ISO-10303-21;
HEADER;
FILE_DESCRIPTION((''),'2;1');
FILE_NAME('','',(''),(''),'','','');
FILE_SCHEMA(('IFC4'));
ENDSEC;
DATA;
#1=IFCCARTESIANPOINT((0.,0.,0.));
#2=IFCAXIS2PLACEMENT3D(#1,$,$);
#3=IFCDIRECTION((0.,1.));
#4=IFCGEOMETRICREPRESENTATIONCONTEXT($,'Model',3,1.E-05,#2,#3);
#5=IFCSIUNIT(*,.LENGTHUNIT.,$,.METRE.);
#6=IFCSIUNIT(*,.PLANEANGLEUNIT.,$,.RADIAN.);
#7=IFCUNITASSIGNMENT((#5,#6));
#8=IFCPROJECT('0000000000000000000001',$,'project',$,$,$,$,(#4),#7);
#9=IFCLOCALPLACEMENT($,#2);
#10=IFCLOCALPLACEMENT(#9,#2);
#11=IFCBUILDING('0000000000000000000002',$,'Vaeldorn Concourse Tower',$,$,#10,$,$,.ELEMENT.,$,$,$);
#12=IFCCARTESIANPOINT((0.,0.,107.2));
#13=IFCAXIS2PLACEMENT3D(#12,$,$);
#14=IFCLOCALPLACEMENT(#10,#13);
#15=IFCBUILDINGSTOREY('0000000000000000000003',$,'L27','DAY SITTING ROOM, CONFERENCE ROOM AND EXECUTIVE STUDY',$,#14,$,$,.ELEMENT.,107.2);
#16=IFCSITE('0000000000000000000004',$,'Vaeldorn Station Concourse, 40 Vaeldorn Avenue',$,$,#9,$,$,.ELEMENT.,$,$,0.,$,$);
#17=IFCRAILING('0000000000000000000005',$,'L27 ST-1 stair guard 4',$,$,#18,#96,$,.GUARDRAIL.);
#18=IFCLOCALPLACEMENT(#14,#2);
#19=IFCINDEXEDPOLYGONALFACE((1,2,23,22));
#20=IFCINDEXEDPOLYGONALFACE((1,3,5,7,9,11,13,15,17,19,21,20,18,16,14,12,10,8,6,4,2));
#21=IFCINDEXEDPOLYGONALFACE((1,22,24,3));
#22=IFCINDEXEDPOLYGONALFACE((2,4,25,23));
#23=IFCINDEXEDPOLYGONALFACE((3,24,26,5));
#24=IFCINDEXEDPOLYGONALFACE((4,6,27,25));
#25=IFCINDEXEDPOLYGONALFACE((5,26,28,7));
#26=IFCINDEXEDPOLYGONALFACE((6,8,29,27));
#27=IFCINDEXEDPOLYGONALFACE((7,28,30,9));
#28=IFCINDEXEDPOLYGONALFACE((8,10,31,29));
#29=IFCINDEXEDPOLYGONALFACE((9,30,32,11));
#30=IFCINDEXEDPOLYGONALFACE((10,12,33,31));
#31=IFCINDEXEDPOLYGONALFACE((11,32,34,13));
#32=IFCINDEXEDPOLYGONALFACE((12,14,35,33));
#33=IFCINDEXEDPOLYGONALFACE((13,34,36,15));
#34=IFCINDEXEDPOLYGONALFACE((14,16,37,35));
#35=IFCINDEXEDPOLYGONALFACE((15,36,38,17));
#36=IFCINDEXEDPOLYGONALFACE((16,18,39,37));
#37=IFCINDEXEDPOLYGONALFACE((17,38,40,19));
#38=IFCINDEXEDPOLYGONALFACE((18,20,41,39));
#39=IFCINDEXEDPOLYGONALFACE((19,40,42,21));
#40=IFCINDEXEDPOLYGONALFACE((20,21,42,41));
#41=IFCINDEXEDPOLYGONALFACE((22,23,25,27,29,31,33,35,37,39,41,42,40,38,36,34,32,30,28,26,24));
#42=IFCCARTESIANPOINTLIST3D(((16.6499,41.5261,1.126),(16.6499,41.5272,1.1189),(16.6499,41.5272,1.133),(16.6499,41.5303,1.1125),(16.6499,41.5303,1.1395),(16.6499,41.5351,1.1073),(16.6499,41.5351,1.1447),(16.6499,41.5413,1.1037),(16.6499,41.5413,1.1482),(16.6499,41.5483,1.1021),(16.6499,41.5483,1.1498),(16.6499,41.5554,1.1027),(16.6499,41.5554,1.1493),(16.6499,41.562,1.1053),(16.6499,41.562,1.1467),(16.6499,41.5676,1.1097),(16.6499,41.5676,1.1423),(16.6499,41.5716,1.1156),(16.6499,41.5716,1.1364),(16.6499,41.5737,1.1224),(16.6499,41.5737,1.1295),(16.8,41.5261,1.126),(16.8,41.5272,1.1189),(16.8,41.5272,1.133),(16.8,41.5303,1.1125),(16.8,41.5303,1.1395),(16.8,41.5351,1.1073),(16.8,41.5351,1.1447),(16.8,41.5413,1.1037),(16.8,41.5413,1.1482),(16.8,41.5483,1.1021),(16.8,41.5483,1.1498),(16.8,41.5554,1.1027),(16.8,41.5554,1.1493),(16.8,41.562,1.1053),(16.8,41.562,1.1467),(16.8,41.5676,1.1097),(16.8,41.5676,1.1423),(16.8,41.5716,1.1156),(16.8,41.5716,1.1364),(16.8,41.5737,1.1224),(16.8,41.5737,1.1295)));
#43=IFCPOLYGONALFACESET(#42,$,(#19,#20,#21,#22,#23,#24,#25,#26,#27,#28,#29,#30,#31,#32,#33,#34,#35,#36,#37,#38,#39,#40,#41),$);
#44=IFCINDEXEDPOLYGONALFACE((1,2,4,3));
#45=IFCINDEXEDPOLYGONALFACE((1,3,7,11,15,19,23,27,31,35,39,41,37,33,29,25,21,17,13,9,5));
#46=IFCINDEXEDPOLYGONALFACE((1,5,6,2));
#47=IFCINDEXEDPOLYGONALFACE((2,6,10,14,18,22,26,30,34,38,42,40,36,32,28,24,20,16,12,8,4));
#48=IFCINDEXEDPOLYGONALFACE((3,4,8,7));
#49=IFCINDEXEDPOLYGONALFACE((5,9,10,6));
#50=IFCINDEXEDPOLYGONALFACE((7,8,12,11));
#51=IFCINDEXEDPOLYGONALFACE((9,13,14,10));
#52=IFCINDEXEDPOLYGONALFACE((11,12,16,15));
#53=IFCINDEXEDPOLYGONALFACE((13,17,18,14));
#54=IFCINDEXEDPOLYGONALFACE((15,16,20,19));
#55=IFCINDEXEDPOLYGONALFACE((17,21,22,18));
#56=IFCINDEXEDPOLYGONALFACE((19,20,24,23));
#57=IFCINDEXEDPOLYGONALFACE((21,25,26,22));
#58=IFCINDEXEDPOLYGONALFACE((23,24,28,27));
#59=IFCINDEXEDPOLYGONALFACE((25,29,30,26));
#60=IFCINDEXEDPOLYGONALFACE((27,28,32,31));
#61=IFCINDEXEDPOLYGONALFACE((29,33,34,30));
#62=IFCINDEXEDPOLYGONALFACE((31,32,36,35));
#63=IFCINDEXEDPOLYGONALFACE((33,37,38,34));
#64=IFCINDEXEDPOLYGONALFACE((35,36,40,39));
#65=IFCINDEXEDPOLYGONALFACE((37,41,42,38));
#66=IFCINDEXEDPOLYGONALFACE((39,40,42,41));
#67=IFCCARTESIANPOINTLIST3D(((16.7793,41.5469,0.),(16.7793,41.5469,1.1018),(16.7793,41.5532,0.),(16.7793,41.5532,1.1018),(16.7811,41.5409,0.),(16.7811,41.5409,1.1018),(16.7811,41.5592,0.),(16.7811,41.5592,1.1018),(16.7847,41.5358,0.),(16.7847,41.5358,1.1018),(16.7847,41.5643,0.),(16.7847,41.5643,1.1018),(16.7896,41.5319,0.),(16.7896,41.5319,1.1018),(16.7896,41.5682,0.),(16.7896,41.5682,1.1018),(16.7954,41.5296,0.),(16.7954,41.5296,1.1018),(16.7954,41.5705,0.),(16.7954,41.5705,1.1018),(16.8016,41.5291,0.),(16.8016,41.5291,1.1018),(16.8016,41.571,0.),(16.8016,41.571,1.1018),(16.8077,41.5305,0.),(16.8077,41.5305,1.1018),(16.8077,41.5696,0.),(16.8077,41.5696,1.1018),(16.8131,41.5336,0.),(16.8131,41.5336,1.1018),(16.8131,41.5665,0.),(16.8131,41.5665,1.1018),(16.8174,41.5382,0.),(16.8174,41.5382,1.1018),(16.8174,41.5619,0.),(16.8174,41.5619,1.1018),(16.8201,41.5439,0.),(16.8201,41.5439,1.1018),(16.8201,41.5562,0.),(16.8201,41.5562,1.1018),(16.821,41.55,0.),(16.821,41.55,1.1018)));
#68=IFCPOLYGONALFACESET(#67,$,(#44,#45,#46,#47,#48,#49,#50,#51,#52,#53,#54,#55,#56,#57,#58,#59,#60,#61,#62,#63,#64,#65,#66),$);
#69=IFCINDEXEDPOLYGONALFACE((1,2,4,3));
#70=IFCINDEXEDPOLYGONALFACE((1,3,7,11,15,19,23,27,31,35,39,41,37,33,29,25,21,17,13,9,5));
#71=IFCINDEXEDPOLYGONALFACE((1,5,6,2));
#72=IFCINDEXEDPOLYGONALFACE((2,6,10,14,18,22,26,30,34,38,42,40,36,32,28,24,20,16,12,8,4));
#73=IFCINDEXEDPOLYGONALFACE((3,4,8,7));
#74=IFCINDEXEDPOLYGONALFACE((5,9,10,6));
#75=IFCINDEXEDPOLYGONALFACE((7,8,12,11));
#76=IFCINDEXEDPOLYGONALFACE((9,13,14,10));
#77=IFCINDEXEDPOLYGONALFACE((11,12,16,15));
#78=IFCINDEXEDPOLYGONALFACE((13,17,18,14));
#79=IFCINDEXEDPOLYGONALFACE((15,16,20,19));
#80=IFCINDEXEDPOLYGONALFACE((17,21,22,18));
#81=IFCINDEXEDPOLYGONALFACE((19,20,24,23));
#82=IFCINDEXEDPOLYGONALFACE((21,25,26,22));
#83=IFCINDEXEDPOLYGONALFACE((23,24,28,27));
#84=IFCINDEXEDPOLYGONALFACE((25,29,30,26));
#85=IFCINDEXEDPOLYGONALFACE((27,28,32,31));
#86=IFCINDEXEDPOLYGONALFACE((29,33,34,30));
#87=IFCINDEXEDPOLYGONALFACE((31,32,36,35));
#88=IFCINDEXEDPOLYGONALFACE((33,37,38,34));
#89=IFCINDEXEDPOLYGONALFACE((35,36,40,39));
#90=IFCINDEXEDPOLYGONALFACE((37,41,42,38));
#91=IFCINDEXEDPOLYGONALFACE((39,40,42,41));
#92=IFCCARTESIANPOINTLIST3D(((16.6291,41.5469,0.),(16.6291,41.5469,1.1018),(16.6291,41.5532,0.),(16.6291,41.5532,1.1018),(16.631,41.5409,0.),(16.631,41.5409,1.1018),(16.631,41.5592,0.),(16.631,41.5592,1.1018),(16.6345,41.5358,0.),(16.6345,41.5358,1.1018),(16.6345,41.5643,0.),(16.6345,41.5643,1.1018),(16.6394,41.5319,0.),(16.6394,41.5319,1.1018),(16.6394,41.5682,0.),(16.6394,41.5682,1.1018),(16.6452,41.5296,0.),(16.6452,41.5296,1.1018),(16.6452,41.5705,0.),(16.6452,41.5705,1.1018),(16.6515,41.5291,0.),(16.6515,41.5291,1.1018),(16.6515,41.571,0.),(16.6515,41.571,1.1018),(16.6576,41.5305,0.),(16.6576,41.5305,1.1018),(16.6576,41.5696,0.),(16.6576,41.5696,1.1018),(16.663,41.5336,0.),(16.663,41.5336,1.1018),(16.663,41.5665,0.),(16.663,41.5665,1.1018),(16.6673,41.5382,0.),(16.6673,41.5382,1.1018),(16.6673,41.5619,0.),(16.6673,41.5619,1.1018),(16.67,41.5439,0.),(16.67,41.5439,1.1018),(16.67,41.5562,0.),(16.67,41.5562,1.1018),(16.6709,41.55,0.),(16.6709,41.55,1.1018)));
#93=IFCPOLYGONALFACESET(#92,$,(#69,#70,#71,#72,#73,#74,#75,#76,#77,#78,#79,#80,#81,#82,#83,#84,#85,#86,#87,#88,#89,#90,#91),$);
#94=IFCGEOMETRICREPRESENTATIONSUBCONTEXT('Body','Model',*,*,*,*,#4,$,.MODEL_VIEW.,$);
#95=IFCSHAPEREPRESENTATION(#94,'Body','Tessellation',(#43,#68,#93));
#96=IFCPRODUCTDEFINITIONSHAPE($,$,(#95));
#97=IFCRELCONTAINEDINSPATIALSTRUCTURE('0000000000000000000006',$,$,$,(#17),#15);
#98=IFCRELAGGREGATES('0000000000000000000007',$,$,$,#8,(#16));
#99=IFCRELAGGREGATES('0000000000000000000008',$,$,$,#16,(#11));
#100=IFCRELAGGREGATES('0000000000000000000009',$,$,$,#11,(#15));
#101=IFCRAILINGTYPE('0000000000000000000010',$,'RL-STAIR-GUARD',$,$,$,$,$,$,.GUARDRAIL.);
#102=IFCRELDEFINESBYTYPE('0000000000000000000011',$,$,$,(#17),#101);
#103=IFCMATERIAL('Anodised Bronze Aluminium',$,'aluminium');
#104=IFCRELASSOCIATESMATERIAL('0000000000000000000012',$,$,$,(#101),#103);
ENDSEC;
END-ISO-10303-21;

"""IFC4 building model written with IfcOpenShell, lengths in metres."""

from ifc_helpers import new_model, si_unit, direction, frame, origin, origin_2d, place, context, subcontext, project, spatial, circle, extrude, material, type_object, element, save


model = new_model("IFC4")

# Units and contexts
model_context = context("Model", 3, precision=1e-05, world=origin(), true_north=direction((0.0, 1.0)))
body_context = subcontext(model_context, "Body", "Model", "MODEL_VIEW")
ifc_project = project(units=[si_unit("LENGTHUNIT", "METRE"), si_unit("PLANEANGLEUNIT", "RADIAN")], contexts=[model_context])

# Site, building, storey
site_placement = place(None, origin())
site = spatial("IfcSite", under=ifc_project, at=site_placement, Name="Vaeldorn Station Concourse, 40 Vaeldorn Avenue", CompositionType="ELEMENT", RefElevation=0.0)
building_placement = place(site_placement, origin())
building = spatial("IfcBuilding", under=site, at=building_placement, Name="Vaeldorn Concourse Tower", CompositionType="ELEMENT")
storey_placement = place(building_placement, frame((0.0, 0.0, 107.2)))
storey = spatial("IfcBuildingStorey", under=building, at=storey_placement, Name="L27", Description="DAY SITTING ROOM, CONFERENCE ROOM AND EXECUTIVE STUDY", CompositionType="ELEMENT", Elevation=107.2)

# Shared definitions
ifc_material_1 = material(Name="Anodised Bronze Aluminium", Category="aluminium")

# Railing
railing_type_1 = type_object("IfcRailingType", Name="RL-STAIR-GUARD", PredefinedType="GUARDRAIL", material=ifc_material_1)
railing_1_placement = place(storey_placement, frame((16.8, 41.55, 0.0)))
element("IfcRailing", 1, at=railing_1_placement, inside=storey, type_object=railing_type_1, Name="L27 ST-1 stair guard 4", PredefinedType="GUARDRAIL", context=body_context, shape_type="SweptSolid", body=[
    extrude(circle(Radius=0.0239, at=origin_2d()), frame((0.0, 0.0, 1.126), z_axis=(-1.0, 0.0, 0.0), x_axis=(0.0, -1.0, 0.0)), (0.0, 0.0, 1.0), 0.1501),
    extrude(circle(Radius=0.021, at=origin_2d()), origin(), (0.0, 0.0, 1.0), 1.1018),
    extrude(circle(Radius=0.021, at=origin_2d()), frame((-0.1501, 0.0, 0.0)), (0.0, 0.0, 1.0), 1.1018),
])

save(model, "model.ifc")
